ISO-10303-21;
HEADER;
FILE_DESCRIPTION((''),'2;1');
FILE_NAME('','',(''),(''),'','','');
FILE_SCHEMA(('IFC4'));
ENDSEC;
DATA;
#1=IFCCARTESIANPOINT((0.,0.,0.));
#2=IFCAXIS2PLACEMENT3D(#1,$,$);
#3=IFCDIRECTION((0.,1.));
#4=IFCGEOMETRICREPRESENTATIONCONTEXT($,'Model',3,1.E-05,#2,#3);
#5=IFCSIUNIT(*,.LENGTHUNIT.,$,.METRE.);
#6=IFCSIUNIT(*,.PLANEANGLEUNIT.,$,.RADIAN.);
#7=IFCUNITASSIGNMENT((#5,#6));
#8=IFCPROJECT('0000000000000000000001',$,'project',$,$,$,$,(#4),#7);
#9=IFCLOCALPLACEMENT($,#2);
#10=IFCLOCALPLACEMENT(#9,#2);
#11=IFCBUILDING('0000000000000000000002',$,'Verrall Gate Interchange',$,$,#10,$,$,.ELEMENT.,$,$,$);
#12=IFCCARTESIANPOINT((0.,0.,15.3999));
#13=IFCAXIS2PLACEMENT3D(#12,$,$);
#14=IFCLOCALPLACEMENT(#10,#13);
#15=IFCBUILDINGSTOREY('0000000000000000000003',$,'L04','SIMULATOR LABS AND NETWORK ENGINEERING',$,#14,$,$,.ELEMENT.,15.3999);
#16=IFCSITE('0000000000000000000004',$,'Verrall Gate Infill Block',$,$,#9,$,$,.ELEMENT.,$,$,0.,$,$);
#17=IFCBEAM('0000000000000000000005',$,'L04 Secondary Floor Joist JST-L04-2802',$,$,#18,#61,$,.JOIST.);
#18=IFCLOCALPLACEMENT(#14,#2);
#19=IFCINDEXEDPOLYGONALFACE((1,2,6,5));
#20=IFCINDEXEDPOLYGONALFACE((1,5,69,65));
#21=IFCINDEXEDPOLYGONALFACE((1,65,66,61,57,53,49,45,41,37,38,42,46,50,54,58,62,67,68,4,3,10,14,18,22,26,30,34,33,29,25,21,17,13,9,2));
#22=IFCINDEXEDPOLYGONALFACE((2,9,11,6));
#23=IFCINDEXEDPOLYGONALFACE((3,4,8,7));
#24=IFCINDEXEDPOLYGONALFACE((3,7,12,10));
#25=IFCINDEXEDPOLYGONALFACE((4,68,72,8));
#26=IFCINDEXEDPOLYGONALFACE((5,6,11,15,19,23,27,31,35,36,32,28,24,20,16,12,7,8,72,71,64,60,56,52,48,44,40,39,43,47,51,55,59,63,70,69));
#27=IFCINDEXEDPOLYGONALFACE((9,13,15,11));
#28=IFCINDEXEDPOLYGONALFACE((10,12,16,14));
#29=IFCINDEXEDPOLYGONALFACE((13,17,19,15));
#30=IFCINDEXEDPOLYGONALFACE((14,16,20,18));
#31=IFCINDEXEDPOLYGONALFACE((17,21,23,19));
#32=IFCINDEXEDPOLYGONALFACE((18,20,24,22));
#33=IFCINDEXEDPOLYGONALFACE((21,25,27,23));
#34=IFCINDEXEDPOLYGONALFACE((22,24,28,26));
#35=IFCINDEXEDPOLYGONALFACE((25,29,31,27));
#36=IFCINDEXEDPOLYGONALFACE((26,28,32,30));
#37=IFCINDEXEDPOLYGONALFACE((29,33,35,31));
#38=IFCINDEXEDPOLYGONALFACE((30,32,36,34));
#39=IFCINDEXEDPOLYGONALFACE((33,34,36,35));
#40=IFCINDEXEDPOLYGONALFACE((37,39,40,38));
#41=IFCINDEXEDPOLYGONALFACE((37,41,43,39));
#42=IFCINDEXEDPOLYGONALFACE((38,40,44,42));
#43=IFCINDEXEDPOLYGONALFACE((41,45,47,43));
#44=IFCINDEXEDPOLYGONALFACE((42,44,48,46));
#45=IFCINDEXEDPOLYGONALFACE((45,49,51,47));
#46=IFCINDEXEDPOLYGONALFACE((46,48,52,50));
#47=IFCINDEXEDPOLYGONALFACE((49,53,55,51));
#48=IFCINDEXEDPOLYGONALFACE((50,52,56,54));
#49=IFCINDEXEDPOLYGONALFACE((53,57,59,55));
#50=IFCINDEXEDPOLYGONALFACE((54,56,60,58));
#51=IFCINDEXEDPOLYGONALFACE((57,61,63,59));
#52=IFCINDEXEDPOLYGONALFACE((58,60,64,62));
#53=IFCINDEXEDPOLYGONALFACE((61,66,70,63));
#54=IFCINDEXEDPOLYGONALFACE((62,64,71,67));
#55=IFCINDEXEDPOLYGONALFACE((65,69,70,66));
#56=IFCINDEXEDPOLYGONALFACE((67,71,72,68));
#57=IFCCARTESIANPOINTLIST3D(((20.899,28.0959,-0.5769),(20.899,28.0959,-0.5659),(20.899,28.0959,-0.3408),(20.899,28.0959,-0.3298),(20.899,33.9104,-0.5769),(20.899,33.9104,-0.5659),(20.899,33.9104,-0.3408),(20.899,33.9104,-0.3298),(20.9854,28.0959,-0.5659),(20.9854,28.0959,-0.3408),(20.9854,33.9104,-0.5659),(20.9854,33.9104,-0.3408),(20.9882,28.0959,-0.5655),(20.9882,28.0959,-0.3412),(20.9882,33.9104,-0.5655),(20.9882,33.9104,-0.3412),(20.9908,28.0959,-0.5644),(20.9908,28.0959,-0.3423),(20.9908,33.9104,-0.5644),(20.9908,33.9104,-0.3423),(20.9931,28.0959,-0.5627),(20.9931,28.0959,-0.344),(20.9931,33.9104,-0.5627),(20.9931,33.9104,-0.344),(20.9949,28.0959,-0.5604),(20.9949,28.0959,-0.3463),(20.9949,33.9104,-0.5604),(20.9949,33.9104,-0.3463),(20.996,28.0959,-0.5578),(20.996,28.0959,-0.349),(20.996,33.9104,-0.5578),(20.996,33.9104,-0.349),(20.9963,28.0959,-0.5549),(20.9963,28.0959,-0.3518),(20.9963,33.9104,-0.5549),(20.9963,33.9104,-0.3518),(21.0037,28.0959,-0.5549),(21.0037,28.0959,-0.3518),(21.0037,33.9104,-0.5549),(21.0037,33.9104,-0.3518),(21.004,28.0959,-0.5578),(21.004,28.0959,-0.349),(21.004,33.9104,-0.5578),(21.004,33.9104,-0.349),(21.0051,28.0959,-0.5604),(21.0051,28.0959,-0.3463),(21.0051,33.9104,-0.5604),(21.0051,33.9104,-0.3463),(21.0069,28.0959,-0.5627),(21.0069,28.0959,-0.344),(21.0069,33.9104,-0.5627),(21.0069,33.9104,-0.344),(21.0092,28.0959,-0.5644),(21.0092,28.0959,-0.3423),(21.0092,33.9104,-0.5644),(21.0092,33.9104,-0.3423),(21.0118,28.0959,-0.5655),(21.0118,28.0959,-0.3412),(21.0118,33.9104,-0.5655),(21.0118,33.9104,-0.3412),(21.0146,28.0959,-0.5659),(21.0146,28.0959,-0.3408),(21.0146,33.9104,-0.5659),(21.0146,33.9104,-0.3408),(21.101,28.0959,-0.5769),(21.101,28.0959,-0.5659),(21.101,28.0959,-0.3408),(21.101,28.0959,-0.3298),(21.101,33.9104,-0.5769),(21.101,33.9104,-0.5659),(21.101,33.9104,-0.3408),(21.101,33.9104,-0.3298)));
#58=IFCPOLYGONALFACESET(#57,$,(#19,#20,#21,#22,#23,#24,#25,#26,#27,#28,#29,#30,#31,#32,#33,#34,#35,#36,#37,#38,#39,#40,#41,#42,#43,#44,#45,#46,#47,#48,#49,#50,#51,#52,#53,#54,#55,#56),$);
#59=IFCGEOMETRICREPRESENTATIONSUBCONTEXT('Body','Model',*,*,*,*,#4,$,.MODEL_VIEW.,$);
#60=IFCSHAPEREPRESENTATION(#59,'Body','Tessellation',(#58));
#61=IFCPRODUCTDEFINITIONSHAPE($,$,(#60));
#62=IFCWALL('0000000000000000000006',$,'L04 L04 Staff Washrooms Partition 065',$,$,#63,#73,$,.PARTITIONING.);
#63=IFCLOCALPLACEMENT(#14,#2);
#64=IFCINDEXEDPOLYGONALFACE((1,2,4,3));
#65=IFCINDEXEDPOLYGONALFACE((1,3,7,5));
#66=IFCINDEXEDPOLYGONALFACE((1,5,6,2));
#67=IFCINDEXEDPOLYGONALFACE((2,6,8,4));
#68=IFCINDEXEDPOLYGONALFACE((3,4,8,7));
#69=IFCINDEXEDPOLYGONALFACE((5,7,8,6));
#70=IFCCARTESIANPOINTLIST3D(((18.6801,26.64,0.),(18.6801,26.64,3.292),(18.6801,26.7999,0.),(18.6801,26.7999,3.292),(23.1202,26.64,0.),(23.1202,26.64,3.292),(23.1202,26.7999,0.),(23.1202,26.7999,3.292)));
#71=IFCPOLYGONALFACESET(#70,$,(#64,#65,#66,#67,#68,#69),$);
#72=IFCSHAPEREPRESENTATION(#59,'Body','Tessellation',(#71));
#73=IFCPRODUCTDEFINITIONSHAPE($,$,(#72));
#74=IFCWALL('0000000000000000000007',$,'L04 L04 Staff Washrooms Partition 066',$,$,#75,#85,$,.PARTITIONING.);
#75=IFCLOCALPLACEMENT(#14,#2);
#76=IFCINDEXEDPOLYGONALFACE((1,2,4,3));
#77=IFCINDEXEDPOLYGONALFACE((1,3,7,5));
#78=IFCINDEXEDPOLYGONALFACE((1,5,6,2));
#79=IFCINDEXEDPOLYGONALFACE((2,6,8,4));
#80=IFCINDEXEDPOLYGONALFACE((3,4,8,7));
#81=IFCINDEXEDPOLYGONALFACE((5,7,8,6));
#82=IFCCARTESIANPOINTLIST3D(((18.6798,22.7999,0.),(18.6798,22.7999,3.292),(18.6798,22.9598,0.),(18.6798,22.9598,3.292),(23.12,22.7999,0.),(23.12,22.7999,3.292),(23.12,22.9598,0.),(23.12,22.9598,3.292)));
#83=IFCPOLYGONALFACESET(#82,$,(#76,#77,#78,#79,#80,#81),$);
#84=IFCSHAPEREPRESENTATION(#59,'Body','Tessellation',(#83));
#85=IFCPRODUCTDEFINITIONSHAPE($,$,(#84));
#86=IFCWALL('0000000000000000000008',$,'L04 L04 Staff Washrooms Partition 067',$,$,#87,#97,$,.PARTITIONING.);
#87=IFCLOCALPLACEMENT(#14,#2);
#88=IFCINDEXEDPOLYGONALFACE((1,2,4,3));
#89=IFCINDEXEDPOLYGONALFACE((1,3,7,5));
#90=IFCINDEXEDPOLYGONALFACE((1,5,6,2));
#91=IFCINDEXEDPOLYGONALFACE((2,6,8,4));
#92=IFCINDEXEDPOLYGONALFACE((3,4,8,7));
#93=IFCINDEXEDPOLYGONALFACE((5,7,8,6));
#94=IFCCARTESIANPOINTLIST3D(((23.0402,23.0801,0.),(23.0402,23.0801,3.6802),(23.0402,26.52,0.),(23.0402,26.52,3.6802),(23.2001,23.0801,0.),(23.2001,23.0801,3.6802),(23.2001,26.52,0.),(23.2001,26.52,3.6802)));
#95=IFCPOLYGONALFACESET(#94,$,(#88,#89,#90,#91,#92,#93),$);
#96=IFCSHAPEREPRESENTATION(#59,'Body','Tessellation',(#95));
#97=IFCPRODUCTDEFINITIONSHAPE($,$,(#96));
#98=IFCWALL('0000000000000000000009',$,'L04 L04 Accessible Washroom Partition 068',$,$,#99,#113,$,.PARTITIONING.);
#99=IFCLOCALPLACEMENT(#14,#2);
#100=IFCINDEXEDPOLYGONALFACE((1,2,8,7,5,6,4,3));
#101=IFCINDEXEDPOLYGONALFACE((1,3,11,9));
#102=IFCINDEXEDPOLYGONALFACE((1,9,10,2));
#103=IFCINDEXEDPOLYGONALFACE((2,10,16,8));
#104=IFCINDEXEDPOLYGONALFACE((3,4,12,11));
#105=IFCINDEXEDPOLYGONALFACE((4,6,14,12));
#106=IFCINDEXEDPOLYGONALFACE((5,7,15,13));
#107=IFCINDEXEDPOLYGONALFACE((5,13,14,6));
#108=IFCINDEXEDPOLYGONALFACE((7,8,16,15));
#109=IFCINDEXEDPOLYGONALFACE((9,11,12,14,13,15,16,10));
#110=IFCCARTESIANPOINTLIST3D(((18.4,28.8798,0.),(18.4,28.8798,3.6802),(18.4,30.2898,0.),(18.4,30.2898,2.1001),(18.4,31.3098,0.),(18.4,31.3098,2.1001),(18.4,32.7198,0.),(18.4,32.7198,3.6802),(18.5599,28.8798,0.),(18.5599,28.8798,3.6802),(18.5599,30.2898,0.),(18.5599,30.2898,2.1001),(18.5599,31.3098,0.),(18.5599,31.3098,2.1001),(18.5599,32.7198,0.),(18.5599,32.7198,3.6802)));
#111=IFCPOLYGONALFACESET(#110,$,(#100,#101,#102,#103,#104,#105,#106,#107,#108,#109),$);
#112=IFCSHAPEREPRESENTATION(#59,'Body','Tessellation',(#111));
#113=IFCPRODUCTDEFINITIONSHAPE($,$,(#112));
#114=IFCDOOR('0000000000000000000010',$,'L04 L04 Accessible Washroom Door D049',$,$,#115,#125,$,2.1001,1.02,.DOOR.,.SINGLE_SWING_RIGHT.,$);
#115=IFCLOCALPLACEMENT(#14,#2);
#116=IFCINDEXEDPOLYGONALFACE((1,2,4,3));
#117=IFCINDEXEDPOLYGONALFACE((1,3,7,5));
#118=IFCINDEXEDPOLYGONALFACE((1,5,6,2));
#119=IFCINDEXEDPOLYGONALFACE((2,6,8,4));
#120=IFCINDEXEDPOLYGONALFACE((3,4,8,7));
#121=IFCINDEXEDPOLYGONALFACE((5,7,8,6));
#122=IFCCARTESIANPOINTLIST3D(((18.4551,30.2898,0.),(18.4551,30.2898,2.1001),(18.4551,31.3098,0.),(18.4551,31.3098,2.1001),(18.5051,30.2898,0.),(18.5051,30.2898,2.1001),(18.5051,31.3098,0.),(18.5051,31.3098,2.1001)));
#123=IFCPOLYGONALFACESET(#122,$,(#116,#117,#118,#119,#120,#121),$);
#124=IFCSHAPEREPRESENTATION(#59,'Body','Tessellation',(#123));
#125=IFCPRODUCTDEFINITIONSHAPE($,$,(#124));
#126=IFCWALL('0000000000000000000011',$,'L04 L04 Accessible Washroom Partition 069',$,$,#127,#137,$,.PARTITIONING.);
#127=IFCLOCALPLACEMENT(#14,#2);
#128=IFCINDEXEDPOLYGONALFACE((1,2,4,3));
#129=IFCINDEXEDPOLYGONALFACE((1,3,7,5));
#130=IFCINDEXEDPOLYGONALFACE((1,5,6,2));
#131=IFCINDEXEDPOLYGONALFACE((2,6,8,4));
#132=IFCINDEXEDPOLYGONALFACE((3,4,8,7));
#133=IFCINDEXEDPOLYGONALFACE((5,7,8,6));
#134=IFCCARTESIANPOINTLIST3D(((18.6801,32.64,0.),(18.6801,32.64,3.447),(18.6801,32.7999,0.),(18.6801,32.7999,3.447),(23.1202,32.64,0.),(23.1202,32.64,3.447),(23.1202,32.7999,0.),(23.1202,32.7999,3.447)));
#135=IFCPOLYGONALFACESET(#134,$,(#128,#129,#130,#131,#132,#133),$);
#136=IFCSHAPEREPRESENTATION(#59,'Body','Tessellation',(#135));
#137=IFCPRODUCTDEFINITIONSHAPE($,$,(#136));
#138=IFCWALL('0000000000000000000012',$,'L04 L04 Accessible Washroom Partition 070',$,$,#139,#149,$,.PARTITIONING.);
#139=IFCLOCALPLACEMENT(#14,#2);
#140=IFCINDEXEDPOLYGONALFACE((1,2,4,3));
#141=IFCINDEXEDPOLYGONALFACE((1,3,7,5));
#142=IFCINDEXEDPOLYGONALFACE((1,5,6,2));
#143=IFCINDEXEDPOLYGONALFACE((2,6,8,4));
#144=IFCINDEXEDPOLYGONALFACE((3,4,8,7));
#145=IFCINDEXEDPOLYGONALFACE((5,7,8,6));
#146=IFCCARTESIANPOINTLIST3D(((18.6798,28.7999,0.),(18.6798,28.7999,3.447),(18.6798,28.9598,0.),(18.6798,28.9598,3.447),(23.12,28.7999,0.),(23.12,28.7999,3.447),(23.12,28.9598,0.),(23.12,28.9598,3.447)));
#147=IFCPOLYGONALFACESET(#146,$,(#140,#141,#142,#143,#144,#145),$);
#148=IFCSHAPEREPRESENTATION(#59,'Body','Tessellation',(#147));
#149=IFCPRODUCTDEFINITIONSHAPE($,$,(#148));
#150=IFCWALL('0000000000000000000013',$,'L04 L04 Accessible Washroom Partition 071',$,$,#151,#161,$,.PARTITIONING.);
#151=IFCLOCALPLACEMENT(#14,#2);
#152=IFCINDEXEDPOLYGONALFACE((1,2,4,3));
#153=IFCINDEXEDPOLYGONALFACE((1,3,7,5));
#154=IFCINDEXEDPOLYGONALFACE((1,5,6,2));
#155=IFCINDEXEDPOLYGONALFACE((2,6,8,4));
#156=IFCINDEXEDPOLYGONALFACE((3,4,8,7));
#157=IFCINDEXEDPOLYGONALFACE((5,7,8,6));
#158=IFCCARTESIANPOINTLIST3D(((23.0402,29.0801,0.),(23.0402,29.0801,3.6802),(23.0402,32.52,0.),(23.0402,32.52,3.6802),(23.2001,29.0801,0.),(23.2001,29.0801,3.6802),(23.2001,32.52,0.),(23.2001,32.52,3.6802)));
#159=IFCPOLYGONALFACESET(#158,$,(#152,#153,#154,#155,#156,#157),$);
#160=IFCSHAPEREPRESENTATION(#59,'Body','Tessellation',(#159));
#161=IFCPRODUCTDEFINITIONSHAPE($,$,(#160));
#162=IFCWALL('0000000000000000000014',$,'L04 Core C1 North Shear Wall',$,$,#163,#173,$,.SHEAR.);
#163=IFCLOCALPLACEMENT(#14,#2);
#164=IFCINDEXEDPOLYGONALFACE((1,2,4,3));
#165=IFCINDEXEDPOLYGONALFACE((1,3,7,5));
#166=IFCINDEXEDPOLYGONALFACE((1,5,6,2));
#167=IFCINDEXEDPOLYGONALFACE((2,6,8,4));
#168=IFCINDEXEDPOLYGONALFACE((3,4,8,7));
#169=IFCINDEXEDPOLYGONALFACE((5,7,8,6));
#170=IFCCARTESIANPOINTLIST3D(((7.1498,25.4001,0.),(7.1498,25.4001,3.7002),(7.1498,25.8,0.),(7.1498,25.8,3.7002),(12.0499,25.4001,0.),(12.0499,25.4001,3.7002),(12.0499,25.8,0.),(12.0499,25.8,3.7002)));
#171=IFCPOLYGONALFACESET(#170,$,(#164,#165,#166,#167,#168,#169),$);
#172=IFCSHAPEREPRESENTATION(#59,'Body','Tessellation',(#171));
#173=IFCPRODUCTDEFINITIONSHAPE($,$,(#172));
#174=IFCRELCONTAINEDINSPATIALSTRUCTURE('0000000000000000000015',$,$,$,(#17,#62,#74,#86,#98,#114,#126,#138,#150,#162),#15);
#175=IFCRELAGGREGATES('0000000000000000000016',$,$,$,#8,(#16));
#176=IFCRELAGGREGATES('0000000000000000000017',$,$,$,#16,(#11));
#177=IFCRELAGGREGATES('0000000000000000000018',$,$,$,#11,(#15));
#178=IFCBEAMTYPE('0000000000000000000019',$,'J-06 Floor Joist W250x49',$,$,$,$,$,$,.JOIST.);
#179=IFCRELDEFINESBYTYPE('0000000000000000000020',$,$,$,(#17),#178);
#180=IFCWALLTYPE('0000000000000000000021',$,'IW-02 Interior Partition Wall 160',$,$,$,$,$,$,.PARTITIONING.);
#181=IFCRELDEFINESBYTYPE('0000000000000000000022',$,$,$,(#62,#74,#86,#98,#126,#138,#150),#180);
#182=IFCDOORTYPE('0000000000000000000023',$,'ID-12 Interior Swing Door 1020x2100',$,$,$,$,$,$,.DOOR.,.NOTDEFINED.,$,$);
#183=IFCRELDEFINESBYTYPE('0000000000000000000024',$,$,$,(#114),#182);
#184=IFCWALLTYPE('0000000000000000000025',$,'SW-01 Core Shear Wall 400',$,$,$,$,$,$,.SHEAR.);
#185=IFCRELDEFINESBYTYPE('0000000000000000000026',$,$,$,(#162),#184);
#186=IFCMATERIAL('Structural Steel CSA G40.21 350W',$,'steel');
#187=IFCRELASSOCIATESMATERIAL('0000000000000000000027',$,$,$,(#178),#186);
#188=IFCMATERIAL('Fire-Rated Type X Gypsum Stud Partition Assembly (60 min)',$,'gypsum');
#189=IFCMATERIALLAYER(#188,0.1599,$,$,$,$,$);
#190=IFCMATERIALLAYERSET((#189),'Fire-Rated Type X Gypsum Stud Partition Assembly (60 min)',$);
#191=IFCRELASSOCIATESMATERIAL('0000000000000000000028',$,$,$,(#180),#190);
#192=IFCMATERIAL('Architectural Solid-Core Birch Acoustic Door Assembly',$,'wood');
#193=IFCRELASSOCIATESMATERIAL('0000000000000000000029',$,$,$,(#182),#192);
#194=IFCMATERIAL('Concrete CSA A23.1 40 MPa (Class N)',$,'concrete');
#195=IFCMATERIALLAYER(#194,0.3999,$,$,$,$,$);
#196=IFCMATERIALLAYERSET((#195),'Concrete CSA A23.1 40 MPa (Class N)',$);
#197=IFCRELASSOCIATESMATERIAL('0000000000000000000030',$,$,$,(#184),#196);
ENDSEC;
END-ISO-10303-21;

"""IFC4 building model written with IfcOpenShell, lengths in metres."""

from ifc_helpers import new_model, si_unit, direction, frame, frame_2d, origin, origin_2d, place, context, subcontext, project, spatial, rectangle, i_section, extrude, material, layer, layer_set, material_profile, profile_set, type_object, element, fill, save


model = new_model("IFC4")

# Units and contexts
model_context = context("Model", 3, precision=1e-05, world=origin(), true_north=direction((0.0, 1.0)))
body_context = subcontext(model_context, "Body", "Model", "MODEL_VIEW")
ifc_project = project(units=[si_unit("LENGTHUNIT", "METRE"), si_unit("PLANEANGLEUNIT", "RADIAN")], contexts=[model_context])

# Site, building, storey
site_placement = place(None, origin())
site = spatial("IfcSite", under=ifc_project, at=site_placement, Name="Verrall Gate Infill Block", CompositionType="ELEMENT", RefElevation=0.0)
building_placement = place(site_placement, origin())
building = spatial("IfcBuilding", under=site, at=building_placement, Name="Verrall Gate Interchange", CompositionType="ELEMENT")
storey_placement = place(building_placement, frame((0.0, 0.0, 15.3999)))
storey = spatial("IfcBuildingStorey", under=building, at=storey_placement, Name="L04", Description="SIMULATOR LABS AND NETWORK ENGINEERING", CompositionType="ELEMENT", Elevation=15.3999)

# Beam
ifc_material_1 = material(Name="Structural Steel CSA G40.21 350W", Category="steel")
ifc_material_profile_1 = material_profile(ifc_material_1, i_section(OverallWidth=0.2019, OverallDepth=0.2471, WebThickness=0.0073, FlangeThickness=0.011, FilletRadius=0.011, at=origin_2d()), Name="W250x49")
ifc_profile_set_1 = profile_set([ifc_material_profile_1], Name="Structural Steel CSA G40.21 350W")
beam_type_1 = type_object("IfcBeamType", Name="J-06 Floor Joist W250x49", PredefinedType="JOIST", material=ifc_profile_set_1)
beam_1_placement = place(storey_placement, frame((21.0, 28.0959, -0.4534), z_axis=(0.0, 1.0, 0.0), x_axis=(-1.0, 0.0, 0.0)))
element("IfcBeam", 1, at=beam_1_placement, inside=storey, type_object=beam_type_1, Name="L04 Secondary Floor Joist JST-L04-2802", PredefinedType="JOIST", context=body_context, shape_type="SweptSolid", body=[
    extrude(i_section(OverallWidth=0.2019, OverallDepth=0.2471, WebThickness=0.0073, FlangeThickness=0.011, FilletRadius=0.011, at=origin_2d()), origin(), (0.0, 0.0, 1.0), 5.8145),
])

# Walls
ifc_material_2 = material(Name="Fire-Rated Type X Gypsum Stud Partition Assembly (60 min)", Category="gypsum")
ifc_layer_1 = layer(ifc_material_2, 0.1599)
ifc_layer_set_1 = layer_set([ifc_layer_1], Name="Fire-Rated Type X Gypsum Stud Partition Assembly (60 min)")
wall_type_1 = type_object("IfcWallType", Name="IW-02 Interior Partition Wall 160", PredefinedType="PARTITIONING", material=ifc_layer_set_1)
for number, where, z_axis, x_axis, name in (
    (2, (18.6799, 26.72, 0.0), (0.0, 0.0, 1.0), (1.0, 0.0, 0.0), "L04 L04 Staff Washrooms Partition 065"),
    (3, (23.1201, 22.8799, 0.0), (0.0, 0.0, 1.0), (-1.0, 0.0, 0.0), "L04 L04 Staff Washrooms Partition 066"),
):
    element("IfcWall", number, at=place(storey_placement, frame(where, z_axis=z_axis, x_axis=x_axis)), inside=storey, type_object=wall_type_1, Name=name, PredefinedType="PARTITIONING", context=body_context, shape_type="SweptSolid", body=[
        extrude(rectangle(XDim=4.4402, YDim=0.1599, at=frame_2d((2.2202, 0.0))), origin(), (0.0, 0.0, 1.0), 3.292),
    ])
wall_1_placement = place(storey_placement, frame((23.1201, 26.52, 0.0), z_axis=(0.0, 0.0, 1.0), x_axis=(0.0, -1.0, 0.0)))
element("IfcWall", 4, at=wall_1_placement, inside=storey, type_object=wall_type_1, Name="L04 L04 Staff Washrooms Partition 067", PredefinedType="PARTITIONING", context=body_context, shape_type="SweptSolid", body=[
    extrude(rectangle(XDim=3.4399, YDim=0.1599, at=frame_2d((1.72, 0.0))), origin(), (0.0, 0.0, 1.0), 3.6802),
])

# Wall, opening, door
wall_2_placement = place(storey_placement, frame((18.48, 28.8799, 0.0), z_axis=(0.0, 0.0, 1.0), x_axis=(0.0, 1.0, 0.0)))
wall_2 = element("IfcWall", 5, at=wall_2_placement, inside=storey, type_object=wall_type_1, Name="L04 L04 Accessible Washroom Partition 068", PredefinedType="PARTITIONING", context=body_context, shape_type="SweptSolid", body=[
    extrude(rectangle(XDim=3.8401, YDim=0.1599, at=frame_2d((1.9199, 0.0))), origin(), (0.0, 0.0, 1.0), 3.6802),
])
opening_1_placement = place(wall_2_placement, frame((1.4099, 0.0, 0.0)))
opening_1 = element("IfcOpeningElement", 6, at=opening_1_placement, cuts=wall_2, PredefinedType="OPENING", context=body_context, shape_type="SweptSolid", body=[
    extrude(rectangle(XDim=1.02, YDim=2.1001, at=frame_2d((0.51, 1.05))), frame((0.0, 0.0947, 0.0), z_axis=(0.0, -1.0, 0.0), x_axis=(1.0, 0.0, 0.0)), (0.0, 0.0, 1.0), 0.1897),
])
ifc_material_3 = material(Name="Architectural Solid-Core Birch Acoustic Door Assembly", Category="wood")
door_type_1 = type_object("IfcDoorType", Name="ID-12 Interior Swing Door 1020x2100", OperationType="NOTDEFINED", PredefinedType="DOOR", material=ifc_material_3)
door_1_placement = place(opening_1_placement, origin())
door_1 = element("IfcDoor", 7, at=door_1_placement, inside=storey, type_object=door_type_1, Name="L04 L04 Accessible Washroom Door D049", OperationType="SINGLE_SWING_RIGHT", OverallHeight=2.1001, OverallWidth=1.02, PredefinedType="DOOR", context=body_context, shape_type="SweptSolid", body=[
    extrude(rectangle(XDim=1.02, YDim=2.1001, at=frame_2d((0.51, 1.05))), frame((0.0, 0.0249, 0.0), z_axis=(0.0, -1.0, 0.0), x_axis=(1.0, 0.0, 0.0)), (0.0, 0.0, 1.0), 0.05),
])
fill(opening_1, door_1)

# Walls
for number, where, z_axis, x_axis, name in (
    (8, (18.6799, 32.72, 0.0), (0.0, 0.0, 1.0), (1.0, 0.0, 0.0), "L04 L04 Accessible Washroom Partition 069"),
    (9, (23.1201, 28.8799, 0.0), (0.0, 0.0, 1.0), (-1.0, 0.0, 0.0), "L04 L04 Accessible Washroom Partition 070"),
):
    element("IfcWall", number, at=place(storey_placement, frame(where, z_axis=z_axis, x_axis=x_axis)), inside=storey, type_object=wall_type_1, Name=name, PredefinedType="PARTITIONING", context=body_context, shape_type="SweptSolid", body=[
        extrude(rectangle(XDim=4.4402, YDim=0.1599, at=frame_2d((2.2202, 0.0))), origin(), (0.0, 0.0, 1.0), 3.447),
    ])
wall_3_placement = place(storey_placement, frame((23.1201, 32.52, 0.0), z_axis=(0.0, 0.0, 1.0), x_axis=(0.0, -1.0, 0.0)))
element("IfcWall", 10, at=wall_3_placement, inside=storey, type_object=wall_type_1, Name="L04 L04 Accessible Washroom Partition 071", PredefinedType="PARTITIONING", context=body_context, shape_type="SweptSolid", body=[
    extrude(rectangle(XDim=3.4399, YDim=0.1599, at=frame_2d((1.72, 0.0))), origin(), (0.0, 0.0, 1.0), 3.6802),
])
ifc_material_4 = material(Name="Concrete CSA A23.1 40 MPa (Class N)", Category="concrete")
ifc_layer_2 = layer(ifc_material_4, 0.3999)
ifc_layer_set_2 = layer_set([ifc_layer_2], Name="Concrete CSA A23.1 40 MPa (Class N)")
wall_type_2 = type_object("IfcWallType", Name="SW-01 Core Shear Wall 400", PredefinedType="SHEAR", material=ifc_layer_set_2)
wall_4_placement = place(storey_placement, frame((12.05, 25.6001, 0.0), z_axis=(0.0, 0.0, 1.0), x_axis=(-1.0, 0.0, 0.0)))
element("IfcWall", 11, at=wall_4_placement, inside=storey, type_object=wall_type_2, Name="L04 Core C1 North Shear Wall", PredefinedType="SHEAR", context=body_context, shape_type="SweptSolid", body=[
    extrude(rectangle(XDim=4.9001, YDim=0.3999, at=frame_2d((2.4502, 0.0))), origin(), (0.0, 0.0, 1.0), 3.7002),
])

save(model, "model.ifc")
